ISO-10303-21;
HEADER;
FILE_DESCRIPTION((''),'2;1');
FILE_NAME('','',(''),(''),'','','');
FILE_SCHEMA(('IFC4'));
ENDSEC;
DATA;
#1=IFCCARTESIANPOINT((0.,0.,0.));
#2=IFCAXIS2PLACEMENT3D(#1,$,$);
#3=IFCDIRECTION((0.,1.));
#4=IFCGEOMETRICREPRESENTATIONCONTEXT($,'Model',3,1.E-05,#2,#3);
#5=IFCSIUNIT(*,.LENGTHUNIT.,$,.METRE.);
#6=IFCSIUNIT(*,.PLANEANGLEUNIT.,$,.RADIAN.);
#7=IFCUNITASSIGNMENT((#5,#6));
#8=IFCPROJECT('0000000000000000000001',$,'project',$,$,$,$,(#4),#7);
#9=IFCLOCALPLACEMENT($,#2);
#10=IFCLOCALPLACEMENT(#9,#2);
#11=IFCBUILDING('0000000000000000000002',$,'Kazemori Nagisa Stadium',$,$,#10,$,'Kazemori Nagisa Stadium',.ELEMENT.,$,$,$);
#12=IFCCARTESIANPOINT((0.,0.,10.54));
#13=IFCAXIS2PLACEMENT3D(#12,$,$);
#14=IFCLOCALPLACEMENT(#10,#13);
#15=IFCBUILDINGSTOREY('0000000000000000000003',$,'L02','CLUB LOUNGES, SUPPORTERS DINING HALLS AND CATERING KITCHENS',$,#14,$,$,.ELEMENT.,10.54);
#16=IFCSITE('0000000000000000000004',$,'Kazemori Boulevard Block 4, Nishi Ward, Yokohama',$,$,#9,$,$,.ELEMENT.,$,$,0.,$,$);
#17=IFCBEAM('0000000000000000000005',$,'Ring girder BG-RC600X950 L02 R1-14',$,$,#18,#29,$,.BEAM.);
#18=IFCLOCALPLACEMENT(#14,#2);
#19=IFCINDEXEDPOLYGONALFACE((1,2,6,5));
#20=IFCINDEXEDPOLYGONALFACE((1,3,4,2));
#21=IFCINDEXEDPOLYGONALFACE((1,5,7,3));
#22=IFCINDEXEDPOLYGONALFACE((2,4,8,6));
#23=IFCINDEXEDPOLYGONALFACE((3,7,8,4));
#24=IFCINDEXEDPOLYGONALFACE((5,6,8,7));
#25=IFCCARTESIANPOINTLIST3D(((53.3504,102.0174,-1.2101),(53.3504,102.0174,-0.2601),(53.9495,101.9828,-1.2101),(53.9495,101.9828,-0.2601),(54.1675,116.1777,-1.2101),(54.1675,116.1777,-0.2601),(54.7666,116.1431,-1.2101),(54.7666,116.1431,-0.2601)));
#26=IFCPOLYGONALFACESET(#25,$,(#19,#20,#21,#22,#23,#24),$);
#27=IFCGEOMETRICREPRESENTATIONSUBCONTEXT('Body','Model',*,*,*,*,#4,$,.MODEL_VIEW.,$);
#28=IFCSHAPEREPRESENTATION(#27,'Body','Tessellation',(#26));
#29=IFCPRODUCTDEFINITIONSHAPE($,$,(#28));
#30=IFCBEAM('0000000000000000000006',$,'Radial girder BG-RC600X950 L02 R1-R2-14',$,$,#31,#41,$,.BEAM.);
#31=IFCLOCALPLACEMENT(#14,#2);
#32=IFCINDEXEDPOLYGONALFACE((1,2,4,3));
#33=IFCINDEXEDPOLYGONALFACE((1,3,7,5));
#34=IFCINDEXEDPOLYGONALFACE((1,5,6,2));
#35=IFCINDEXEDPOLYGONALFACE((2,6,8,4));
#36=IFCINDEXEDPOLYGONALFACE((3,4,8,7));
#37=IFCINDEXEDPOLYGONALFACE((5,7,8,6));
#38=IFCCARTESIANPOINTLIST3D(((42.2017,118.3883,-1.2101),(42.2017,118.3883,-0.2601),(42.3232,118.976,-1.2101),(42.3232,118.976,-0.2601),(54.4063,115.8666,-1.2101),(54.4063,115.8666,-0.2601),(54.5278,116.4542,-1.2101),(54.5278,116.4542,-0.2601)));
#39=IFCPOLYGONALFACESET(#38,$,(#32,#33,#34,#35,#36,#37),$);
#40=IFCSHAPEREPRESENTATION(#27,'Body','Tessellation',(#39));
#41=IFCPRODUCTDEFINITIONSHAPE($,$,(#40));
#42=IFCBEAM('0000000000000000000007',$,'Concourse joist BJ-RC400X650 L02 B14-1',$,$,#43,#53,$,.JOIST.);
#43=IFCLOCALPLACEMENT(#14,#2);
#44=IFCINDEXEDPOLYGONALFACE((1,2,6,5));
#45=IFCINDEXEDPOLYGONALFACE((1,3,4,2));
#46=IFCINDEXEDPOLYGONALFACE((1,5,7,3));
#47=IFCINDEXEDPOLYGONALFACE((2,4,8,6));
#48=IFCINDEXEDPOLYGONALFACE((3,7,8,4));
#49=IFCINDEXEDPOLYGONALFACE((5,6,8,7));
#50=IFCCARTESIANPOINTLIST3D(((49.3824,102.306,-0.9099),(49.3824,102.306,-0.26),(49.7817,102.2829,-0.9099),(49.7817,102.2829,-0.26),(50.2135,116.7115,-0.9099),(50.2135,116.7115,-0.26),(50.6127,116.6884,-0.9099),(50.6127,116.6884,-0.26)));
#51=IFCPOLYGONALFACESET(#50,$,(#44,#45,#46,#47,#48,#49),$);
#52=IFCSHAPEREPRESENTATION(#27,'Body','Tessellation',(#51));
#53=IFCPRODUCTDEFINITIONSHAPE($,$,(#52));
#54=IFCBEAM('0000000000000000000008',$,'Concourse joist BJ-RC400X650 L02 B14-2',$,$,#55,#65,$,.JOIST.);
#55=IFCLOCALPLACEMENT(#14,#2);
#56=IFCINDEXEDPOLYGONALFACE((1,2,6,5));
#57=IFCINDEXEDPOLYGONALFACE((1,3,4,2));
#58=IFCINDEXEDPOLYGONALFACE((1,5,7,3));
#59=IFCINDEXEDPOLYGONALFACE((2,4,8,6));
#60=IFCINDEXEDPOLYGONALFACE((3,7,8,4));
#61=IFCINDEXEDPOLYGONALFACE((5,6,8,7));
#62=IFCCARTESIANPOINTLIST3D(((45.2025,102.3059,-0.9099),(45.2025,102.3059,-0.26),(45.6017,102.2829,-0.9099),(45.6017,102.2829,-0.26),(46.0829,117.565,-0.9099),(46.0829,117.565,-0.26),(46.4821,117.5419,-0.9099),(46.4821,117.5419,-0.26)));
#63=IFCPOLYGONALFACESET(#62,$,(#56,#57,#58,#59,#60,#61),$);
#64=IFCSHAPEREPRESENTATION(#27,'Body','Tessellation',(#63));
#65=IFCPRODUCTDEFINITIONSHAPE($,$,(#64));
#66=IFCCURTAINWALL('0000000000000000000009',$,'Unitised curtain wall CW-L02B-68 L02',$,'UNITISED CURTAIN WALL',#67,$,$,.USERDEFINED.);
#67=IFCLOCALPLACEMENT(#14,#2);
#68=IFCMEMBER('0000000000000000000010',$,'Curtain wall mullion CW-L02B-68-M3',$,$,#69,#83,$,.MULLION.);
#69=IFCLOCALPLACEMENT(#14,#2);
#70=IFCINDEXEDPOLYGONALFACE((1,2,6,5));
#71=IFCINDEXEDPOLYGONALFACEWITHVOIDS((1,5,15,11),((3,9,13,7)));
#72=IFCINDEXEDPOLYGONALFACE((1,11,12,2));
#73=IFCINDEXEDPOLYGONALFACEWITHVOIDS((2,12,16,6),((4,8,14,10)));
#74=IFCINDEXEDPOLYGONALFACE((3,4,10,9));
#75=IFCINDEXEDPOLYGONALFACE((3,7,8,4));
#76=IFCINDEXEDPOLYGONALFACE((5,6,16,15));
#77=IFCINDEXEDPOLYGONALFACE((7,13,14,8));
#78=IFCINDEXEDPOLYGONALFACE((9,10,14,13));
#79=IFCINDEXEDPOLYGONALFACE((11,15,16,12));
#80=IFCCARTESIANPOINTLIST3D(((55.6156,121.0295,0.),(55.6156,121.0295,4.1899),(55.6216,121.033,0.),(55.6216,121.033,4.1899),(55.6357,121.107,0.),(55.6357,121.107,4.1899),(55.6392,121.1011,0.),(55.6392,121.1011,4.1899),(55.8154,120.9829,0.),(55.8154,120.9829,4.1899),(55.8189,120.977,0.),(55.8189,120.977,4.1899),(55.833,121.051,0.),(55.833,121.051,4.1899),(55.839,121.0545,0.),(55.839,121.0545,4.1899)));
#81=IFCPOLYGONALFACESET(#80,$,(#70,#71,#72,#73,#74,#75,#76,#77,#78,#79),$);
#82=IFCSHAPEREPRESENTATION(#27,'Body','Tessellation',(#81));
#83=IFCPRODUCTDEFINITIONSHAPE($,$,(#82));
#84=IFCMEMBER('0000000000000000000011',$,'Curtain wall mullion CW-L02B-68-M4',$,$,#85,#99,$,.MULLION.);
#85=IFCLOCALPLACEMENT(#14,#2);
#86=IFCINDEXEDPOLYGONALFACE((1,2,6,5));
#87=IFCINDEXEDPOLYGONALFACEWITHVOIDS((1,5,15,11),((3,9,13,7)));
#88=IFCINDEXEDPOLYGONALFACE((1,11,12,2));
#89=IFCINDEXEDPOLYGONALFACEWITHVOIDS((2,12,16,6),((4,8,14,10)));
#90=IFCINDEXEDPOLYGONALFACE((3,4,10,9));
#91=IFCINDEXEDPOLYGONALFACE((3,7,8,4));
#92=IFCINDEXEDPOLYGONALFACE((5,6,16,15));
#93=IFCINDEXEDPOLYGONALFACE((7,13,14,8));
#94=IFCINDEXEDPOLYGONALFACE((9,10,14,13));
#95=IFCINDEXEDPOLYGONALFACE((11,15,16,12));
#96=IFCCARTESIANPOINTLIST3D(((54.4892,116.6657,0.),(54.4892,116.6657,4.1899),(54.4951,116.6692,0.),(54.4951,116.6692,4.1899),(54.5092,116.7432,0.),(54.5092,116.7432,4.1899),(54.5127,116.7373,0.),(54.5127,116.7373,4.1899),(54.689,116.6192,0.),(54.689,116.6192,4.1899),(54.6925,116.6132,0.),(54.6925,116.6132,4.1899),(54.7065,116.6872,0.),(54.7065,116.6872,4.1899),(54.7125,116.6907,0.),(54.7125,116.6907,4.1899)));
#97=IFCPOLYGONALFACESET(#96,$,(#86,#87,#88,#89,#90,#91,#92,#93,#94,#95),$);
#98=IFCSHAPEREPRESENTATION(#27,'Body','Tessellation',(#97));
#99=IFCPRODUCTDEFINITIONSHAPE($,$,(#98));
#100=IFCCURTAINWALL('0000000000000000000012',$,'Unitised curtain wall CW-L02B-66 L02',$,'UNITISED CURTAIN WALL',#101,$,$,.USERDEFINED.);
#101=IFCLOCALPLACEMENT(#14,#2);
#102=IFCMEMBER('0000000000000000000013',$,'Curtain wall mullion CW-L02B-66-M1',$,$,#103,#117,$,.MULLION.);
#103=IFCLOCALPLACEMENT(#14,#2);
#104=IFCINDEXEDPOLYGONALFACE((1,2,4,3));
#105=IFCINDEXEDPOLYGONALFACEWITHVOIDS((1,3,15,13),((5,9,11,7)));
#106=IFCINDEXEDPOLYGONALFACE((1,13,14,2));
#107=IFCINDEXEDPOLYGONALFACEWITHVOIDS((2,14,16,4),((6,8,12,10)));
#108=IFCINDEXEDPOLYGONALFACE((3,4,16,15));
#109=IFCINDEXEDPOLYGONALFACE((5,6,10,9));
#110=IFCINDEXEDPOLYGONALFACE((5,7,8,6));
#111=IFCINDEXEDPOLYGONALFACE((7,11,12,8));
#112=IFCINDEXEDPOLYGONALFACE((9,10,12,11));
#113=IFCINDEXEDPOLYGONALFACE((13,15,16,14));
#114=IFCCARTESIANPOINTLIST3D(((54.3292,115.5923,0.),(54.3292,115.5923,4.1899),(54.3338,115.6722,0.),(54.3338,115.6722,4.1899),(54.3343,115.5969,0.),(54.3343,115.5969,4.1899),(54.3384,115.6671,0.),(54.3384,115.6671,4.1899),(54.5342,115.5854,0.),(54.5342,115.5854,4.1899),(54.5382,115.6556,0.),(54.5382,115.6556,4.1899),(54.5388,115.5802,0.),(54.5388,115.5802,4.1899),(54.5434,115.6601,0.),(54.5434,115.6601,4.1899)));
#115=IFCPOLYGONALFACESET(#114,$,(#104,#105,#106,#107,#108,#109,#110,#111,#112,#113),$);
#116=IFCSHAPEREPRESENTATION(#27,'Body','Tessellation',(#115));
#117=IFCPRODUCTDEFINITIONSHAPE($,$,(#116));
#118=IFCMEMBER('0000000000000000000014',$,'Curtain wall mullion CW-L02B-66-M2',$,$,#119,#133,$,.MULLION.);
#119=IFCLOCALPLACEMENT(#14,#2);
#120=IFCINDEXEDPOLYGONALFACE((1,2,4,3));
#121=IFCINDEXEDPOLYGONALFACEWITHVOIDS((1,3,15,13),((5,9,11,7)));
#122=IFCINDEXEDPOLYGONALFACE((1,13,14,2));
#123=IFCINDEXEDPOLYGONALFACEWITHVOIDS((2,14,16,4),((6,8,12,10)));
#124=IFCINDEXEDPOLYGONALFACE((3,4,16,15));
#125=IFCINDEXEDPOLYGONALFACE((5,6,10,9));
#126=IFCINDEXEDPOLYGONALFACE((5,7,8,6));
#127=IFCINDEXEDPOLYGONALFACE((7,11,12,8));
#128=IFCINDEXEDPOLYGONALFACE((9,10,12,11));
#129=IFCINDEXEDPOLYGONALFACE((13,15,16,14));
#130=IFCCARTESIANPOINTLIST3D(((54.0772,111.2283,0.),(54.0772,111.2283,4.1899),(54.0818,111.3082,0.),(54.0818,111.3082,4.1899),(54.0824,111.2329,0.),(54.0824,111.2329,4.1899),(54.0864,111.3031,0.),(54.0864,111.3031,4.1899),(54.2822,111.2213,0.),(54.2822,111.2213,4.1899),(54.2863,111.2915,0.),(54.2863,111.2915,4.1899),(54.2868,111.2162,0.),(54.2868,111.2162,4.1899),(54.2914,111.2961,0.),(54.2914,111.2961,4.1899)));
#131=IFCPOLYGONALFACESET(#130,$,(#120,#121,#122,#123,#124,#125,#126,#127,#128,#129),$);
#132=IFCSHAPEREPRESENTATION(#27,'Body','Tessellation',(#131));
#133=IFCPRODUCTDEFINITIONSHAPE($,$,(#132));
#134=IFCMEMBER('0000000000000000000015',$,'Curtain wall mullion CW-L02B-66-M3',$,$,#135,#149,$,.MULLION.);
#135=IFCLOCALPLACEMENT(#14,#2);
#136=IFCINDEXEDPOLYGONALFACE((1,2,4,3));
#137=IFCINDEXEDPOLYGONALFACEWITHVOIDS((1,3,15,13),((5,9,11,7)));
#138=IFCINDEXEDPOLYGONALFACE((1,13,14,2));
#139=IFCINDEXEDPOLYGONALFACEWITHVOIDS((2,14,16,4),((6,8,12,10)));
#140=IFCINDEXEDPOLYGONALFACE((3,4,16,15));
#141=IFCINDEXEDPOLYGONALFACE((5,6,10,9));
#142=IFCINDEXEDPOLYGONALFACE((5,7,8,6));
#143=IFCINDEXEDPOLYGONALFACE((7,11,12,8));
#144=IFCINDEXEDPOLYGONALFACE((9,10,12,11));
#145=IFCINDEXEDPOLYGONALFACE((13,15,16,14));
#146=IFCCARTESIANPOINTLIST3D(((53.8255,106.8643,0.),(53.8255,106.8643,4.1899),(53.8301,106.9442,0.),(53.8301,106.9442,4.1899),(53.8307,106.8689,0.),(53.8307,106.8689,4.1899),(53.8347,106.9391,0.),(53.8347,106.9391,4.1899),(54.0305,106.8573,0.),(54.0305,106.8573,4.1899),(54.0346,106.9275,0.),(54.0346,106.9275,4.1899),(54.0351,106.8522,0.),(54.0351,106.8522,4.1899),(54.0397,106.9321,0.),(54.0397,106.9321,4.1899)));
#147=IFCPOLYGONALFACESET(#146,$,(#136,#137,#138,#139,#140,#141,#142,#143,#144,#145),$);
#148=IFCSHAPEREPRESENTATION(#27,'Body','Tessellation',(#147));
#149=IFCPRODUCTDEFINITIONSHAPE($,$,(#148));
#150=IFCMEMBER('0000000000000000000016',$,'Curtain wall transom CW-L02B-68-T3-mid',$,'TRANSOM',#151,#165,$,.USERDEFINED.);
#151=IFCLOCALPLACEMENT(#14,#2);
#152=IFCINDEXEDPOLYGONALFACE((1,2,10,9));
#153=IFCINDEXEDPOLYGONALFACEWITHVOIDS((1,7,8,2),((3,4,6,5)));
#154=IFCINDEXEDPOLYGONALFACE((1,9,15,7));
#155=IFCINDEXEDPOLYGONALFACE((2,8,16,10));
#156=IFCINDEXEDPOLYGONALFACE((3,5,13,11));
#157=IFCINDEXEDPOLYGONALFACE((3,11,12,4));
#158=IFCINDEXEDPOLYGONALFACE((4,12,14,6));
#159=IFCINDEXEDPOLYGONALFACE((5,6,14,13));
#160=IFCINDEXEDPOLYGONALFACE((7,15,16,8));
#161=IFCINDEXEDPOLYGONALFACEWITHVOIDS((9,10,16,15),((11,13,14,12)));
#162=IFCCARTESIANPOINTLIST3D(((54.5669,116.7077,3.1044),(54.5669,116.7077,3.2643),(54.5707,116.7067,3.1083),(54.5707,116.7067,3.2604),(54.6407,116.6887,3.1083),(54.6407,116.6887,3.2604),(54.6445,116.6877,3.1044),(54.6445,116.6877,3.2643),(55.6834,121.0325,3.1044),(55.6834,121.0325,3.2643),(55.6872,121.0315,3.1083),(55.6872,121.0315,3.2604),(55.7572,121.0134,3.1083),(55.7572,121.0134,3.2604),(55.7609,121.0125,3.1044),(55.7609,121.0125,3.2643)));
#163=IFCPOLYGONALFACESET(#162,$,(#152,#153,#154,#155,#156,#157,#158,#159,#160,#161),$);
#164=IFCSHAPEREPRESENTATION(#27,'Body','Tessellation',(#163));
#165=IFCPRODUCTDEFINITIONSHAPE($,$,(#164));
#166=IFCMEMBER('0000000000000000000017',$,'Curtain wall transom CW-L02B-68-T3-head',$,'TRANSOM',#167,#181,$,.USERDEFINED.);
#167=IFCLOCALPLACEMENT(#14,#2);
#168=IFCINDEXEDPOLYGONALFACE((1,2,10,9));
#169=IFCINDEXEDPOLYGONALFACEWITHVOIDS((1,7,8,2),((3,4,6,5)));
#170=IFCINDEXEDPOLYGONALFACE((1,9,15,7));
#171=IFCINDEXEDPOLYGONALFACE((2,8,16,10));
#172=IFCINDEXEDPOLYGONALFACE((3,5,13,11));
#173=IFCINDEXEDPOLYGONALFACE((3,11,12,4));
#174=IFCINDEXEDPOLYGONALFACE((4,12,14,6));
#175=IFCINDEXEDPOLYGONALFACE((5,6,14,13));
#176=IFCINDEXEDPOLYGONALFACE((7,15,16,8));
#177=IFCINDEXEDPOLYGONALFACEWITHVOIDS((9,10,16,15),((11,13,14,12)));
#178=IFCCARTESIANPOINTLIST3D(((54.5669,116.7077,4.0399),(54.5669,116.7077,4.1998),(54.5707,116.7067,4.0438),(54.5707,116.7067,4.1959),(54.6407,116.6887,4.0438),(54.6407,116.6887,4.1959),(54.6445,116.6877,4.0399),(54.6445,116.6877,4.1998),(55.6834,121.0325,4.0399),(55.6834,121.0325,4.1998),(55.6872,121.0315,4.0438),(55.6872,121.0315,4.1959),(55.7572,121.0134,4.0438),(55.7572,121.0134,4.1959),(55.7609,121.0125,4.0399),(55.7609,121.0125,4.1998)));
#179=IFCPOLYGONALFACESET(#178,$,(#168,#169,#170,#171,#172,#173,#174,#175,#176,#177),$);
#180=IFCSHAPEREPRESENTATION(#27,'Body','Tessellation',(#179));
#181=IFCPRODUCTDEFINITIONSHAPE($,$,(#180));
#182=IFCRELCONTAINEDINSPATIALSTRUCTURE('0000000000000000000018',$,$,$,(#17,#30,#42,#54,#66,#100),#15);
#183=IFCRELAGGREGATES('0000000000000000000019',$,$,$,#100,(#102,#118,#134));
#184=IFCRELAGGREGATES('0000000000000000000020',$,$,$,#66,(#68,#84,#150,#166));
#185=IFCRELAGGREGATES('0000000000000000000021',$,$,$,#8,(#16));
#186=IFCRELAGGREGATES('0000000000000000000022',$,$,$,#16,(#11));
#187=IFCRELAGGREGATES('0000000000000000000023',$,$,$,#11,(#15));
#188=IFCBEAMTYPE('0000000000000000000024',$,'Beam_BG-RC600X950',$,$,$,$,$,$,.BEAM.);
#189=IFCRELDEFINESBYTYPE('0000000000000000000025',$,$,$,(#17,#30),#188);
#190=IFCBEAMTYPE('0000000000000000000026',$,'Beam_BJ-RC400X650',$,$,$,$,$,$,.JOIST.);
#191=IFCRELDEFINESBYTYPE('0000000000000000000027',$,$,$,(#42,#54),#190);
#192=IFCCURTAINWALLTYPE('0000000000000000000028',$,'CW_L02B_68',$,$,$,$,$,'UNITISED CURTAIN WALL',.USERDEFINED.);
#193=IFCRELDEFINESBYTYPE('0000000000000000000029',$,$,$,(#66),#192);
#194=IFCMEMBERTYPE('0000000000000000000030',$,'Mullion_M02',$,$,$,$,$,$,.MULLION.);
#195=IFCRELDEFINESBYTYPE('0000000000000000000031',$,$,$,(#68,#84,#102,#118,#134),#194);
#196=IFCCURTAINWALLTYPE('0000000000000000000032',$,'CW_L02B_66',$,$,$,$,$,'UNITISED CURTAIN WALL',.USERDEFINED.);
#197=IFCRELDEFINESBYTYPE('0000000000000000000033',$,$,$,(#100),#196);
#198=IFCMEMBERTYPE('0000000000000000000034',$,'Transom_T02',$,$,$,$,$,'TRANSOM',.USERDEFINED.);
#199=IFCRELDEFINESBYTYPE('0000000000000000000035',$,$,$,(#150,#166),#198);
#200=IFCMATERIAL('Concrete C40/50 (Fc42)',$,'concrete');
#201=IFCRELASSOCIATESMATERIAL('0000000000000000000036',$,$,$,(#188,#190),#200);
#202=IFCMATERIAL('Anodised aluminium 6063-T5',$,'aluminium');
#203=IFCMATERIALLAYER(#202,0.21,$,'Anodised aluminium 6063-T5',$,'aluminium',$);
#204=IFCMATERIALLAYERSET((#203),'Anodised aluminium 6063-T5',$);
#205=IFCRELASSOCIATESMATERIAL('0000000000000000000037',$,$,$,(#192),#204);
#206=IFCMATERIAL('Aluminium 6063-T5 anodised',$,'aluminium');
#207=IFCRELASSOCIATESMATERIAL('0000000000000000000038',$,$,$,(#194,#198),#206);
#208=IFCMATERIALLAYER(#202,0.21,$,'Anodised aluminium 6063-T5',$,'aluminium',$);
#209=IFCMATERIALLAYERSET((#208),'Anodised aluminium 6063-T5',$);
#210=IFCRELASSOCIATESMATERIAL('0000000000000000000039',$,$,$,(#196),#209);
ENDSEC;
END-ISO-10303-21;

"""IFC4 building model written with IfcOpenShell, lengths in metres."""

from ifc_helpers import new_model, si_unit, direction, frame, origin, origin_2d, place, context, subcontext, project, spatial, rectangle, hollow_rectangle, extrude, material, layer, layer_set, material_profile, profile_set, type_object, element, aggregate, save


model = new_model("IFC4")

# Units and contexts
model_context = context("Model", 3, precision=1e-05, world=origin(), true_north=direction((0.0, 1.0)))
body_context = subcontext(model_context, "Body", "Model", "MODEL_VIEW")
ifc_project = project(units=[si_unit("LENGTHUNIT", "METRE"), si_unit("PLANEANGLEUNIT", "RADIAN")], contexts=[model_context])

# Site, building, storey
site_placement = place(None, origin())
site = spatial("IfcSite", under=ifc_project, at=site_placement, Name="Kazemori Boulevard Block 4, Nishi Ward, Yokohama", CompositionType="ELEMENT", RefElevation=0.0)
building_placement = place(site_placement, origin())
building = spatial("IfcBuilding", under=site, at=building_placement, Name="Kazemori Nagisa Stadium", LongName="Kazemori Nagisa Stadium", CompositionType="ELEMENT")
storey_placement = place(building_placement, frame((0.0, 0.0, 10.54)))
storey = spatial("IfcBuildingStorey", under=building, at=storey_placement, Name="L02", Description="CLUB LOUNGES, SUPPORTERS DINING HALLS AND CATERING KITCHENS", CompositionType="ELEMENT", Elevation=10.54)

# Shared definitions
ifc_material_1 = material(Name="Concrete C40/50 (Fc42)", Category="concrete")

# Beams
ifc_material_profile_1 = material_profile(ifc_material_1, rectangle(XDim=0.6001, YDim=0.95, at=origin_2d()), Name="RC-BM-600x950")
ifc_profile_set_1 = profile_set([ifc_material_profile_1], Name="Concrete C40/50 (Fc42)")
beam_type_1 = type_object("IfcBeamType", Name="Beam_BG-RC600X950", PredefinedType="BEAM", material=ifc_profile_set_1)
beam_1_placement = place(storey_placement, frame((54.467, 116.1604, -0.7351), z_axis=(-0.05761, -0.998339, 0.0), x_axis=(0.998339, -0.05761, 0.0)))
element("IfcBeam", 1, at=beam_1_placement, inside=storey, type_object=beam_type_1, Name="Ring girder BG-RC600X950 L02 R1-14", PredefinedType="BEAM", context=body_context, shape_type="SweptSolid", body=[
    extrude(rectangle(XDim=0.6001, YDim=0.95, at=origin_2d()), origin(), (0.0, 0.0, 1.0), 14.1838),
])
beam_2_placement = place(storey_placement, frame((54.467, 116.1604, -0.7351), z_axis=(-0.979314, 0.202347, 0.0), x_axis=(-0.202347, -0.979314, 0.0)))
element("IfcBeam", 2, at=beam_2_placement, inside=storey, type_object=beam_type_1, Name="Radial girder BG-RC600X950 L02 R1-R2-14", PredefinedType="BEAM", context=body_context, shape_type="SweptSolid", body=[
    extrude(rectangle(XDim=0.6001, YDim=0.95, at=origin_2d()), origin(), (0.0, 0.0, 1.0), 12.4624),
])
ifc_material_profile_2 = material_profile(ifc_material_1, rectangle(XDim=0.3999, YDim=0.6499, at=origin_2d()), Name="RC-BM-400x650")
ifc_profile_set_2 = profile_set([ifc_material_profile_2], Name="Concrete C40/50 (Fc42)")
beam_type_2 = type_object("IfcBeamType", Name="Beam_BJ-RC400X650", PredefinedType="JOIST", material=ifc_profile_set_2)
beam_3_placement = place(storey_placement, frame((50.4131, 116.7, -0.585), z_axis=(-0.057594, -0.99834, 0.0), x_axis=(0.99834, -0.057594, 0.0)))
element("IfcBeam", 3, at=beam_3_placement, inside=storey, type_object=beam_type_2, Name="Concourse joist BJ-RC400X650 L02 B14-1", PredefinedType="JOIST", context=body_context, shape_type="SweptSolid", body=[
    extrude(rectangle(XDim=0.3999, YDim=0.6499, at=origin_2d()), origin(), (0.0, 0.0, 1.0), 14.4294),
])
beam_4_placement = place(storey_placement, frame((46.2825, 117.5535, -0.585), z_axis=(-0.057599, -0.99834, 0.0), x_axis=(0.99834, -0.057599, 0.0)))
element("IfcBeam", 4, at=beam_4_placement, inside=storey, type_object=beam_type_2, Name="Concourse joist BJ-RC400X650 L02 B14-2", PredefinedType="JOIST", context=body_context, shape_type="SweptSolid", body=[
    extrude(rectangle(XDim=0.3999, YDim=0.6499, at=origin_2d()), origin(), (0.0, 0.0, 1.0), 15.2844),
])

# Curtain walls, members
ifc_material_2 = material(Name="Anodised aluminium 6063-T5", Category="aluminium")
ifc_layer_1 = layer(ifc_material_2, 0.21, Name="Anodised aluminium 6063-T5", Category="aluminium")
ifc_layer_set_1 = layer_set([ifc_layer_1], Name="Anodised aluminium 6063-T5")
curtain_wall_type_1 = type_object("IfcCurtainWallType", Name="CW_L02B_68", ElementType="UNITISED CURTAIN WALL", PredefinedType="USERDEFINED", material=ifc_layer_set_1)
curtain_wall_1_placement = place(storey_placement, origin())
curtain_wall_1 = element("IfcCurtainWall", 5, at=curtain_wall_1_placement, inside=storey, type_object=curtain_wall_type_1, Name="Unitised curtain wall CW-L02B-68 L02", ObjectType="UNITISED CURTAIN WALL", PredefinedType="USERDEFINED")
ifc_material_3 = material(Name="Aluminium 6063-T5 anodised", Category="aluminium")
ifc_material_profile_3 = material_profile(ifc_material_3, hollow_rectangle(XDim=0.0801, YDim=0.21, WallThickness=0.0049, at=origin_2d()), Name="ALU-MULL-80x210x5")
ifc_profile_set_3 = profile_set([ifc_material_profile_3], Name="Aluminium 6063-T5 anodised")
member_type_1 = type_object("IfcMemberType", Name="Mullion_M02", PredefinedType="MULLION", material=ifc_profile_set_3)
member_1_placement = place(storey_placement, frame((55.7273, 121.042, 0.0), z_axis=(0.0, 0.0, 1.0), x_axis=(-0.249965, -0.968255, 0.0)))
member_1 = element("IfcMember", 6, at=member_1_placement, type_object=member_type_1, Name="Curtain wall mullion CW-L02B-68-M3", PredefinedType="MULLION", context=body_context, shape_type="SweptSolid", body=[
    extrude(hollow_rectangle(XDim=0.0801, YDim=0.21, WallThickness=0.0049, at=origin_2d()), origin(), (0.0, 0.0, 1.0), 4.1899),
])
member_2_placement = place(storey_placement, frame((54.6008, 116.6782, 0.0), z_axis=(0.0, 0.0, 1.0), x_axis=(-0.249965, -0.968255, 0.0)))
member_2 = element("IfcMember", 7, at=member_2_placement, type_object=member_type_1, Name="Curtain wall mullion CW-L02B-68-M4", PredefinedType="MULLION", context=body_context, shape_type="SweptSolid", body=[
    extrude(hollow_rectangle(XDim=0.0801, YDim=0.21, WallThickness=0.0049, at=origin_2d()), origin(), (0.0, 0.0, 1.0), 4.1899),
])
ifc_layer_2 = layer(ifc_material_2, 0.21, Name="Anodised aluminium 6063-T5", Category="aluminium")
ifc_layer_set_2 = layer_set([ifc_layer_2], Name="Anodised aluminium 6063-T5")
curtain_wall_type_2 = type_object("IfcCurtainWallType", Name="CW_L02B_66", ElementType="UNITISED CURTAIN WALL", PredefinedType="USERDEFINED", material=ifc_layer_set_2)
curtain_wall_2_placement = place(storey_placement, origin())
curtain_wall_2 = element("IfcCurtainWall", 8, at=curtain_wall_2_placement, inside=storey, type_object=curtain_wall_type_2, Name="Unitised curtain wall CW-L02B-66 L02", ObjectType="UNITISED CURTAIN WALL", PredefinedType="USERDEFINED")
member_3_placement = place(storey_placement, frame((54.4363, 115.6262, 0.0), z_axis=(0.0, 0.0, 1.0), x_axis=(-0.057602, -0.99834, 0.0)))
member_3 = element("IfcMember", 9, at=member_3_placement, type_object=member_type_1, Name="Curtain wall mullion CW-L02B-66-M1", PredefinedType="MULLION", context=body_context, shape_type="SweptSolid", body=[
    extrude(hollow_rectangle(XDim=0.0801, YDim=0.21, WallThickness=0.0049, at=origin_2d()), origin(), (0.0, 0.0, 1.0), 4.1899),
])
member_4_placement = place(storey_placement, frame((54.1843, 111.2622, 0.0), z_axis=(0.0, 0.0, 1.0), x_axis=(-0.057602, -0.99834, 0.0)))
member_4 = element("IfcMember", 10, at=member_4_placement, type_object=member_type_1, Name="Curtain wall mullion CW-L02B-66-M2", PredefinedType="MULLION", context=body_context, shape_type="SweptSolid", body=[
    extrude(hollow_rectangle(XDim=0.0801, YDim=0.21, WallThickness=0.0049, at=origin_2d()), origin(), (0.0, 0.0, 1.0), 4.1899),
])
member_5_placement = place(storey_placement, frame((53.9326, 106.8982, 0.0), z_axis=(0.0, 0.0, 1.0), x_axis=(-0.057602, -0.99834, 0.0)))
member_5 = element("IfcMember", 11, at=member_5_placement, type_object=member_type_1, Name="Curtain wall mullion CW-L02B-66-M3", PredefinedType="MULLION", context=body_context, shape_type="SweptSolid", body=[
    extrude(hollow_rectangle(XDim=0.0801, YDim=0.21, WallThickness=0.0049, at=origin_2d()), origin(), (0.0, 0.0, 1.0), 4.1899),
])

# Members
ifc_material_profile_4 = material_profile(ifc_material_3, hollow_rectangle(XDim=0.0801, YDim=0.1599, WallThickness=0.0039, at=origin_2d()), Name="ALU-TRAN-80x160x4")
ifc_profile_set_4 = profile_set([ifc_material_profile_4], Name="Aluminium 6063-T5 anodised")
member_type_2 = type_object("IfcMemberType", Name="Transom_T02", ElementType="TRANSOM", PredefinedType="USERDEFINED", material=ifc_profile_set_4)
member_6_placement = place(storey_placement, frame((55.7222, 121.0225, 3.1843), z_axis=(-0.249962, -0.968256, 0.0), x_axis=(0.968256, -0.249962, 0.0)))
member_6 = element("IfcMember", 12, at=member_6_placement, type_object=member_type_2, Name="Curtain wall transom CW-L02B-68-T3-mid", ObjectType="TRANSOM", PredefinedType="USERDEFINED", context=body_context, shape_type="SweptSolid", body=[
    extrude(hollow_rectangle(XDim=0.0801, YDim=0.1599, WallThickness=0.0039, at=origin_2d()), origin(), (0.0, 0.0, 1.0), 4.4666),
])
member_7_placement = place(storey_placement, frame((55.7222, 121.0225, 4.1199), z_axis=(-0.249962, -0.968256, 0.0), x_axis=(0.968256, -0.249962, 0.0)))
member_7 = element("IfcMember", 13, at=member_7_placement, type_object=member_type_2, Name="Curtain wall transom CW-L02B-68-T3-head", ObjectType="TRANSOM", PredefinedType="USERDEFINED", context=body_context, shape_type="SweptSolid", body=[
    extrude(hollow_rectangle(XDim=0.0801, YDim=0.1599, WallThickness=0.0039, at=origin_2d()), origin(), (0.0, 0.0, 1.0), 4.4666),
])

aggregate(curtain_wall_2, [member_3, member_4, member_5])
aggregate(curtain_wall_1, [member_1, member_2, member_6, member_7])

save(model, "model.ifc")
